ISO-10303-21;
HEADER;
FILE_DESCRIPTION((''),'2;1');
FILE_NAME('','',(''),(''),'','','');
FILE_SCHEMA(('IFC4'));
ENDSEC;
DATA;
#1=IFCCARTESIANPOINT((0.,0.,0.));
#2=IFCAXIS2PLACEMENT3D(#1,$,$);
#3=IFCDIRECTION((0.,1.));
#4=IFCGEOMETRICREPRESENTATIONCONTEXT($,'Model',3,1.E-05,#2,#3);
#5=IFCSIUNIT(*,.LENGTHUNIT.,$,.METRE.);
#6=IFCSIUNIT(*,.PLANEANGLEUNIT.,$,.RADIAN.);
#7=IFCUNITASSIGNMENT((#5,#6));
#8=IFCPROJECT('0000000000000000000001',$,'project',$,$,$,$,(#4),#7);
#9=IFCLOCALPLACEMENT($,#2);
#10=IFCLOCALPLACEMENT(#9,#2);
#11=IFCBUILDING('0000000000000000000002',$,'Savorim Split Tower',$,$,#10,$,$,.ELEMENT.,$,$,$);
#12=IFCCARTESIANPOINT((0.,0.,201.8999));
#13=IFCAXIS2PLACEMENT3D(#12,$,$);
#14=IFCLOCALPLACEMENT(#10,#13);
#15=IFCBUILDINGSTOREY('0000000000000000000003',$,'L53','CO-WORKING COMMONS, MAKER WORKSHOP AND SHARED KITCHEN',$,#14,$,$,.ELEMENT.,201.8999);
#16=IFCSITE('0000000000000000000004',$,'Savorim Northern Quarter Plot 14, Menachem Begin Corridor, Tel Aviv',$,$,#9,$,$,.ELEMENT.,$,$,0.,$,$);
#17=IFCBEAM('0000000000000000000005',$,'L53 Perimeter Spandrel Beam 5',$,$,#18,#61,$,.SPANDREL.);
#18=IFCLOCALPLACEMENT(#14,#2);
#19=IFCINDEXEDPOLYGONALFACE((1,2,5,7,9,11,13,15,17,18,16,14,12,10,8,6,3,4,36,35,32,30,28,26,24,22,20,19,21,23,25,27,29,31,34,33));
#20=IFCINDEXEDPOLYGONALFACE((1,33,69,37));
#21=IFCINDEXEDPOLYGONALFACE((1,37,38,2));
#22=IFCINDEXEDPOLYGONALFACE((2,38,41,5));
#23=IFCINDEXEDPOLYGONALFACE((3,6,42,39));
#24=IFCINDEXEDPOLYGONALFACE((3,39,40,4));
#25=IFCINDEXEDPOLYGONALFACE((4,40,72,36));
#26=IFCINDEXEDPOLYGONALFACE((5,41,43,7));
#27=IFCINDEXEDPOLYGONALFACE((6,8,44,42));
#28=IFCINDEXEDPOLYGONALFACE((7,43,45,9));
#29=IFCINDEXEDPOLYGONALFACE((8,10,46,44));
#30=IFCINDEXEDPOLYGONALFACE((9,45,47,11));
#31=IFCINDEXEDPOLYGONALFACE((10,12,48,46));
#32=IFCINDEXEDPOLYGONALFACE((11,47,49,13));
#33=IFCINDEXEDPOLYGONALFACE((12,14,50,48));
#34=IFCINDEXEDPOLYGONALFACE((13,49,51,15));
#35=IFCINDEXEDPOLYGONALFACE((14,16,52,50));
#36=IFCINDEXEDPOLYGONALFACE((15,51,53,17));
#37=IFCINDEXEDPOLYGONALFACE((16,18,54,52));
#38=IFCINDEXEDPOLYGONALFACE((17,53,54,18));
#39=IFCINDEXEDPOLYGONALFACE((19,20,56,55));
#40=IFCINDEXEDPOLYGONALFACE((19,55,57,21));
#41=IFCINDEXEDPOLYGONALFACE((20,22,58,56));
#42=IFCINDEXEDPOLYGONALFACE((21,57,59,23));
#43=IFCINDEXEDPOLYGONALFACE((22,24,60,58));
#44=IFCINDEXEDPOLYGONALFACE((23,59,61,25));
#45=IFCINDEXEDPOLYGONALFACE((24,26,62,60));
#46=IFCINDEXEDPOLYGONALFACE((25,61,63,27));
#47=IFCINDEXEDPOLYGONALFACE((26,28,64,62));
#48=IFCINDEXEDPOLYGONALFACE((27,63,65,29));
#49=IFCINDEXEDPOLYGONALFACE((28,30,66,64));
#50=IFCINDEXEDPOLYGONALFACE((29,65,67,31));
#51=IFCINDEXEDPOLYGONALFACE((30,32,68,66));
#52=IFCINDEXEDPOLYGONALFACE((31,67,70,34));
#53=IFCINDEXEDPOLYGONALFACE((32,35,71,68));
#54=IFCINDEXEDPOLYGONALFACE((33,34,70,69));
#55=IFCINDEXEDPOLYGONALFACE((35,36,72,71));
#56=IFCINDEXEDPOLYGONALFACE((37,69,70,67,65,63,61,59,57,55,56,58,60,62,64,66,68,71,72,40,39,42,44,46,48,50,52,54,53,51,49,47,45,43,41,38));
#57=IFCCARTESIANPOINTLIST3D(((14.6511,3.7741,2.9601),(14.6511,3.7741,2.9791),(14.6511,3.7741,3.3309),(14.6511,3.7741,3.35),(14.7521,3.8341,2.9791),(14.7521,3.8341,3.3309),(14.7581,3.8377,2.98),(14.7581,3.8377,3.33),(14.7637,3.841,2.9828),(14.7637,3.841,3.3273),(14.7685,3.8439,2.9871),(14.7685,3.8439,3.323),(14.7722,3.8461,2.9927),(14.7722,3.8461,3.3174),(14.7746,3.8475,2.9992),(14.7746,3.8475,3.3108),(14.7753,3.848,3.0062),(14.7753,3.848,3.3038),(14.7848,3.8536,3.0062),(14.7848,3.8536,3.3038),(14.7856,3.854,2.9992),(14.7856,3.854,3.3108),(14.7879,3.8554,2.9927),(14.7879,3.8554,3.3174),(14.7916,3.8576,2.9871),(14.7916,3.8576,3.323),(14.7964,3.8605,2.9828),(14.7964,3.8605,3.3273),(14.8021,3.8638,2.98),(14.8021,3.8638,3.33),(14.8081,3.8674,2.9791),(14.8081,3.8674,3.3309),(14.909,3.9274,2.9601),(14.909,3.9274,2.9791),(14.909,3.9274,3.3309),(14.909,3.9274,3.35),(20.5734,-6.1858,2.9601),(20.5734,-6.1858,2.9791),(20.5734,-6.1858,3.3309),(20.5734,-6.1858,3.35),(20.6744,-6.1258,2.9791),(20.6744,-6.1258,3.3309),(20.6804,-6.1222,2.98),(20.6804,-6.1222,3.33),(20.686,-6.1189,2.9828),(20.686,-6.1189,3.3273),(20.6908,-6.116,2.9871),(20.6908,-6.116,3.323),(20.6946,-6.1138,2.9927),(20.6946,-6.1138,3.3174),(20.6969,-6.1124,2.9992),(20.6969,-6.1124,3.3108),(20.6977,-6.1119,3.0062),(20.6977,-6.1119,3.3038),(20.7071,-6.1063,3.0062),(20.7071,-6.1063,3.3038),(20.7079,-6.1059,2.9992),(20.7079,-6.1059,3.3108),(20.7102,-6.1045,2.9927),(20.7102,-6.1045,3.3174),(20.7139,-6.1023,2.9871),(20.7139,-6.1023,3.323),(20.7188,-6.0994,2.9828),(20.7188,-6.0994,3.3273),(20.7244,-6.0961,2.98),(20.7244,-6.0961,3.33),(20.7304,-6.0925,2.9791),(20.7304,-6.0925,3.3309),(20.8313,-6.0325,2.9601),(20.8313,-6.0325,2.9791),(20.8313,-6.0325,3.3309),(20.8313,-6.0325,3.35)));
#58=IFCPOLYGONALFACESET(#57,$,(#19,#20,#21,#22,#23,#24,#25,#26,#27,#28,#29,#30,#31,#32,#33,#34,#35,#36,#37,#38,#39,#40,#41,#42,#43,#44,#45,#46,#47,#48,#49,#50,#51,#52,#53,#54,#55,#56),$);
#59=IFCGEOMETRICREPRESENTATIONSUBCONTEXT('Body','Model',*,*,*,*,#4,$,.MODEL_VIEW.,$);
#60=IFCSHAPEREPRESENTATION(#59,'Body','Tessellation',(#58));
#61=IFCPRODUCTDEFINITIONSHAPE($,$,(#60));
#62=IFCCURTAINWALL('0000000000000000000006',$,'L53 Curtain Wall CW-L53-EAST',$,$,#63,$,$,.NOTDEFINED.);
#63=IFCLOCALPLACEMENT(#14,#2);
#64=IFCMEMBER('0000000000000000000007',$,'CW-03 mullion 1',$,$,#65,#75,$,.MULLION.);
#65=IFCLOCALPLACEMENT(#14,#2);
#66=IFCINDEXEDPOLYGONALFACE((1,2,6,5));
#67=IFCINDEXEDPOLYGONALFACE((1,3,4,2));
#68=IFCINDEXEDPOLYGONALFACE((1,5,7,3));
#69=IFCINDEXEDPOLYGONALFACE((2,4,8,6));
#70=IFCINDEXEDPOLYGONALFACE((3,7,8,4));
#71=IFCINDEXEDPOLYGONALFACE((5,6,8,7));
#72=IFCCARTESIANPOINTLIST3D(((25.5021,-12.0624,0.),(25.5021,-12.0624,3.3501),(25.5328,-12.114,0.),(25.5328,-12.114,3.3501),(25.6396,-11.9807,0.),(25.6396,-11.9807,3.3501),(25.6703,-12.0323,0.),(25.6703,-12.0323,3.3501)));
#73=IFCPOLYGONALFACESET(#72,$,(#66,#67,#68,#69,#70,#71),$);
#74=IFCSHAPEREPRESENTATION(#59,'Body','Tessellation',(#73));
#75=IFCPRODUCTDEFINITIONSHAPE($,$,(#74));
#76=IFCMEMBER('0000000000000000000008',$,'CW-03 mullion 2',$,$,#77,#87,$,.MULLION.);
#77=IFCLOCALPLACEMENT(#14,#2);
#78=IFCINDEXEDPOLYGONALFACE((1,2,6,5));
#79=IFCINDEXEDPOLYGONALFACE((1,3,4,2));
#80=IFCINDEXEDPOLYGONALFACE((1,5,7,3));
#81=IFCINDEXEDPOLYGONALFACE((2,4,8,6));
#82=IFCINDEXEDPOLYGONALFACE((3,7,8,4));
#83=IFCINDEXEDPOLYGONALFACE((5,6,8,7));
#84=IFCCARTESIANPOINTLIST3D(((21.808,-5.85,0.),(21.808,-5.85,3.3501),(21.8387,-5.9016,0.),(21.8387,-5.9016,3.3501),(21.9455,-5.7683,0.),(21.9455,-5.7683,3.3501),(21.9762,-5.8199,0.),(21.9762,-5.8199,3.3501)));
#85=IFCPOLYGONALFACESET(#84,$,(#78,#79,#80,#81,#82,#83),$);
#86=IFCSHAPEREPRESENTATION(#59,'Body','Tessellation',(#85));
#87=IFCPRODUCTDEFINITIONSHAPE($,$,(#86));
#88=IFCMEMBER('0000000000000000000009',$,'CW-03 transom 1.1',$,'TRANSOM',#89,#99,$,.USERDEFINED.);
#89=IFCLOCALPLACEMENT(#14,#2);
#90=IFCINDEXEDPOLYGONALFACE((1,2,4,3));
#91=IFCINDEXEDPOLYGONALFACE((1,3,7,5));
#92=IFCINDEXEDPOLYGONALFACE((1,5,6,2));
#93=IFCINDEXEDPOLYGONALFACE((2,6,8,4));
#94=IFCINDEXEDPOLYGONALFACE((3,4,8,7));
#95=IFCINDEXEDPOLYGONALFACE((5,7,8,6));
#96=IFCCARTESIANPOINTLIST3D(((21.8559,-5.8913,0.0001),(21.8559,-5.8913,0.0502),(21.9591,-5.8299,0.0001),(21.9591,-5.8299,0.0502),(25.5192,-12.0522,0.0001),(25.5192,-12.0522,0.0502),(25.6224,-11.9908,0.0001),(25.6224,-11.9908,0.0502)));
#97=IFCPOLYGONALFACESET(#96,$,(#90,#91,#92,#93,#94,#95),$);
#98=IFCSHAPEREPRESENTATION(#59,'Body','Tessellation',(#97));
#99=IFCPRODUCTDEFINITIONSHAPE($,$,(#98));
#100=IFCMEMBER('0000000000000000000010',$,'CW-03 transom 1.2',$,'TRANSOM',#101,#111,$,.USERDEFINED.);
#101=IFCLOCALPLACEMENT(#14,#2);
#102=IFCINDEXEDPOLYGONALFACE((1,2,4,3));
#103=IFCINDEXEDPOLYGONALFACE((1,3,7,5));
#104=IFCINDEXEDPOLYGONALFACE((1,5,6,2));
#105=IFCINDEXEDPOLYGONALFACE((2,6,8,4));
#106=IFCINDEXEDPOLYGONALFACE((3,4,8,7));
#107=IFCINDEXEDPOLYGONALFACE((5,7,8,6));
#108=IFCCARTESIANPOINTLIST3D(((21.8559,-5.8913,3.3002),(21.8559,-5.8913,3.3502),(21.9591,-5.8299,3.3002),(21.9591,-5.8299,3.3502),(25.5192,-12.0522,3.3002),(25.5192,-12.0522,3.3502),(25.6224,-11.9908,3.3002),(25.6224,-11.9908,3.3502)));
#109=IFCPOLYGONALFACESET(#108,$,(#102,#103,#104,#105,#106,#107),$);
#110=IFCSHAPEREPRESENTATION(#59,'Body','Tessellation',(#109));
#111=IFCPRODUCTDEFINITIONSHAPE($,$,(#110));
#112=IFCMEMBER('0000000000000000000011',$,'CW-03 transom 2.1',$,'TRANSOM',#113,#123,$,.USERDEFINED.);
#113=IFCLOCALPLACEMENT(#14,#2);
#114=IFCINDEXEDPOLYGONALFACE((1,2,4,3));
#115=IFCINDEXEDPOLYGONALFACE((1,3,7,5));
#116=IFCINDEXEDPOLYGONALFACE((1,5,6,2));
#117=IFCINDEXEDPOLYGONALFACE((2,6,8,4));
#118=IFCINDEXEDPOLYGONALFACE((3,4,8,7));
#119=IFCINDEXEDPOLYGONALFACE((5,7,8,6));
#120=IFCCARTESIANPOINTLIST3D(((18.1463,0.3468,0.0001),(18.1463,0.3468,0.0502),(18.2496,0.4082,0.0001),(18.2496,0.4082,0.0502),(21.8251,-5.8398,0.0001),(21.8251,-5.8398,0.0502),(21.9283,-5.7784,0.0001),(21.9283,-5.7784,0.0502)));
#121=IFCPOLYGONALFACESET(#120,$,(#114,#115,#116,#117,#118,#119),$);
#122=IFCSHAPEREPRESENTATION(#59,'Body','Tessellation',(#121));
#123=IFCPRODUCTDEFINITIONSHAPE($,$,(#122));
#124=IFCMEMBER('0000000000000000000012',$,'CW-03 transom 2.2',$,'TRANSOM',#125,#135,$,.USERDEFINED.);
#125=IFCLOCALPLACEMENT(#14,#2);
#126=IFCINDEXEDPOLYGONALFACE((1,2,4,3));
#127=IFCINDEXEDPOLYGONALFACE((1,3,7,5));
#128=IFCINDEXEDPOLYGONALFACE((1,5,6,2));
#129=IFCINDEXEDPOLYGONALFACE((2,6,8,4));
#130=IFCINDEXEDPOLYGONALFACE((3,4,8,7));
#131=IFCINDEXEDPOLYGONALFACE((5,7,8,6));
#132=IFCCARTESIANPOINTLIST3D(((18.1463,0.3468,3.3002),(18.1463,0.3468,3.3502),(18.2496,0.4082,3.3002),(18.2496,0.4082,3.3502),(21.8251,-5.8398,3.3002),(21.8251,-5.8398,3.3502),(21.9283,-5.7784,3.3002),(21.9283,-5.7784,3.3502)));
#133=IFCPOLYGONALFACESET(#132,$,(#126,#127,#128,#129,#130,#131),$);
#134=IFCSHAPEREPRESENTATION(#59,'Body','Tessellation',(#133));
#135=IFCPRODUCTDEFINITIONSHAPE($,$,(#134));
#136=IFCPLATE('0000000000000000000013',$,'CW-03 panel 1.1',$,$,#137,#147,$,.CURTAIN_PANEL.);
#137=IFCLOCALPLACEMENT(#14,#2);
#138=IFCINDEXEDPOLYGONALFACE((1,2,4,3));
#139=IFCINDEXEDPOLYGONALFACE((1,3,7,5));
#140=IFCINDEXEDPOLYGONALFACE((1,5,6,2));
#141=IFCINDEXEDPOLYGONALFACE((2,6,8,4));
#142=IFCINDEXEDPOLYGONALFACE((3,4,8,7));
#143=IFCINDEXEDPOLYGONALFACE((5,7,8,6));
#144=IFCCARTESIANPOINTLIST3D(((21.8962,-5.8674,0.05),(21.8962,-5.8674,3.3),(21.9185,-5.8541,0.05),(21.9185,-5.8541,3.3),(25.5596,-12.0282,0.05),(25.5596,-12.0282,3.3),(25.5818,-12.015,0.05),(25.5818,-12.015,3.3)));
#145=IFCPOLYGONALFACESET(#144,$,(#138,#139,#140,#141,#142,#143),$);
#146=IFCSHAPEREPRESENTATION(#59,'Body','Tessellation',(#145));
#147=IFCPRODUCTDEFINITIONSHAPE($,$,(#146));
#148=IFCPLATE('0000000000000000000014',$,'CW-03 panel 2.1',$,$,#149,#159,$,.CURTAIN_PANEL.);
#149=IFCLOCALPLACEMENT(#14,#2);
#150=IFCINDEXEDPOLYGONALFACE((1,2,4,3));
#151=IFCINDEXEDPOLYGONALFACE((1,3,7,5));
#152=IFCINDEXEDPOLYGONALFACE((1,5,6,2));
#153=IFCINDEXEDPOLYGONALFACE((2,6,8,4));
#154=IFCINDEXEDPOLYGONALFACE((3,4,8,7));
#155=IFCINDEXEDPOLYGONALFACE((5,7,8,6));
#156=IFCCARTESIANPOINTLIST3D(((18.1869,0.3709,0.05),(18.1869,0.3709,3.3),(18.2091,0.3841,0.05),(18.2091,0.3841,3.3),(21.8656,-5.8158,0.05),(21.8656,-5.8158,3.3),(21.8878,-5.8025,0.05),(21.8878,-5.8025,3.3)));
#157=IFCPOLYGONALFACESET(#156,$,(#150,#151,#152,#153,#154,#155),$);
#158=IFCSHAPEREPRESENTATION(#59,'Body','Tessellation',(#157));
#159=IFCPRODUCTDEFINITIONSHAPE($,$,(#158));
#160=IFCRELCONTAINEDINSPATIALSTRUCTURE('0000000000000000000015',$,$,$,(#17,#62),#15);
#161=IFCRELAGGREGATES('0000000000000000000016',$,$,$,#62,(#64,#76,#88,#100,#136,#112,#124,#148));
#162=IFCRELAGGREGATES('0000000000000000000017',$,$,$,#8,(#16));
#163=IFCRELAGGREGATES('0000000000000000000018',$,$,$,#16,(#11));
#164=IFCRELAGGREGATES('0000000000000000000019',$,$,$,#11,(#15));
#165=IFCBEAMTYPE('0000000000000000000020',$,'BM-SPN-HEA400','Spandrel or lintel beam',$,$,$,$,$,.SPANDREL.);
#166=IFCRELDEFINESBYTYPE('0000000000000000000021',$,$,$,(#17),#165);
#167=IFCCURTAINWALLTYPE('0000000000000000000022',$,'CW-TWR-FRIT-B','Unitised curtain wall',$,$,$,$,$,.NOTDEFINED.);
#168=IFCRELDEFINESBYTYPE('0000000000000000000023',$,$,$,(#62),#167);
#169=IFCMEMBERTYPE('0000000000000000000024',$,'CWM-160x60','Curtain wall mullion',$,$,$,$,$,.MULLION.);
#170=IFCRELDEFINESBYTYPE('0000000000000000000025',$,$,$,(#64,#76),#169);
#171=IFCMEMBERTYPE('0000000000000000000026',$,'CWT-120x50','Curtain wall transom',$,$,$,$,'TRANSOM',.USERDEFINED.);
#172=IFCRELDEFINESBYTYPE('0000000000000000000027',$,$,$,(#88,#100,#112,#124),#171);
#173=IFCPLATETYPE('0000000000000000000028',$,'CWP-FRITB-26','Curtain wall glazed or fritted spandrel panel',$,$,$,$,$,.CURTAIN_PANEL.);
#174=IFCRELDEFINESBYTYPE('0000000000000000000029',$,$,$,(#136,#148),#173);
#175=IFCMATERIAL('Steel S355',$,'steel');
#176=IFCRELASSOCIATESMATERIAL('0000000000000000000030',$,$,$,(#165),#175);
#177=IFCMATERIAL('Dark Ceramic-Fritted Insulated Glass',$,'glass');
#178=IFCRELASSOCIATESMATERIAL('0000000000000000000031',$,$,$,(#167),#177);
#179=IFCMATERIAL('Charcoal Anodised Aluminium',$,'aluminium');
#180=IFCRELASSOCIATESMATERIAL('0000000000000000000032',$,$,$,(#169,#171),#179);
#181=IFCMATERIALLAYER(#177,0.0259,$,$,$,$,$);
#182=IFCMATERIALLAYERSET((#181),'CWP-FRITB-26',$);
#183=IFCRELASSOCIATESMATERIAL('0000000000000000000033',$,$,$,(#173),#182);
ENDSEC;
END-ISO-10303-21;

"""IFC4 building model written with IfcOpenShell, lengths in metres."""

from ifc_helpers import new_model, si_unit, direction, frame, origin, origin_2d, place, context, subcontext, project, spatial, rectangle, i_section, extrude, material, layer, layer_set, material_profile, profile_set, type_object, element, aggregate, save


model = new_model("IFC4")

# Units and contexts
model_context = context("Model", 3, precision=1e-05, world=origin(), true_north=direction((0.0, 1.0)))
body_context = subcontext(model_context, "Body", "Model", "MODEL_VIEW")
ifc_project = project(units=[si_unit("LENGTHUNIT", "METRE"), si_unit("PLANEANGLEUNIT", "RADIAN")], contexts=[model_context])

# Site, building, storey
site_placement = place(None, origin())
site = spatial("IfcSite", under=ifc_project, at=site_placement, Name="Savorim Northern Quarter Plot 14, Menachem Begin Corridor, Tel Aviv", CompositionType="ELEMENT", RefElevation=0.0)
building_placement = place(site_placement, origin())
building = spatial("IfcBuilding", under=site, at=building_placement, Name="Savorim Split Tower", CompositionType="ELEMENT")
storey_placement = place(building_placement, frame((0.0, 0.0, 201.8999)))
storey = spatial("IfcBuildingStorey", under=building, at=storey_placement, Name="L53", Description="CO-WORKING COMMONS, MAKER WORKSHOP AND SHARED KITCHEN", CompositionType="ELEMENT", Elevation=201.8999)

# Shared definitions
ifc_material_1 = material(Name="Steel S355", Category="steel")

# Beam
ifc_material_profile_1 = material_profile(ifc_material_1, i_section(OverallWidth=0.3, OverallDepth=0.3899, WebThickness=0.011, FlangeThickness=0.019, FilletRadius=0.0271, at=origin_2d()), Name="HEA 400")
ifc_profile_set_1 = profile_set([ifc_material_profile_1], Name="Steel S355")
beam_type_1 = type_object("IfcBeamType", Name="BM-SPN-HEA400", Description="Spandrel or lintel beam", PredefinedType="SPANDREL", material=ifc_profile_set_1)
beam_1_placement = place(storey_placement, frame((20.7024, -6.1091, 3.155), z_axis=(-0.51109, 0.859527, 0.0), x_axis=(-0.859527, -0.51109, 0.0)))
element("IfcBeam", 1, at=beam_1_placement, inside=storey, type_object=beam_type_1, Name="L53 Perimeter Spandrel Beam 5", PredefinedType="SPANDREL", context=body_context, shape_type="SweptSolid", body=[
    extrude(i_section(OverallWidth=0.3, OverallDepth=0.3899, WebThickness=0.011, FlangeThickness=0.019, FilletRadius=0.0271, at=origin_2d()), origin(), (0.0, 0.0, 1.0), 11.5876),
])

# Curtain wall, members, plates
ifc_material_2 = material(Name="Dark Ceramic-Fritted Insulated Glass", Category="glass")
curtain_wall_type = type_object("IfcCurtainWallType", Name="CW-TWR-FRIT-B", Description="Unitised curtain wall", PredefinedType="NOTDEFINED", material=ifc_material_2)
curtain_wall_placement = place(storey_placement, origin())
curtain_wall = element("IfcCurtainWall", 2, at=curtain_wall_placement, inside=storey, type_object=curtain_wall_type, Name="L53 Curtain Wall CW-L53-EAST", PredefinedType="NOTDEFINED")
ifc_material_3 = material(Name="Charcoal Anodised Aluminium", Category="aluminium")
ifc_material_profile_2 = material_profile(ifc_material_3, rectangle(XDim=0.1599, YDim=0.0601, at=origin_2d()), Name="ALU-M 160x60")
ifc_profile_set_2 = profile_set([ifc_material_profile_2], Name="Charcoal Anodised Aluminium")
member_type_1 = type_object("IfcMemberType", Name="CWM-160x60", Description="Curtain wall mullion", PredefinedType="MULLION", material=ifc_profile_set_2)
member_1_placement = place(storey_placement, frame((25.5862, -12.0474, 0.0), z_axis=(0.0, 0.0, 1.0), x_axis=(-0.859526, -0.511092, 0.0)))
member_1 = element("IfcMember", 3, at=member_1_placement, type_object=member_type_1, Name="CW-03 mullion 1", PredefinedType="MULLION", context=body_context, shape_type="SweptSolid", body=[
    extrude(rectangle(XDim=0.1599, YDim=0.0601, at=origin_2d()), origin(), (0.0, 0.0, 1.0), 3.3501),
])
member_2_placement = place(storey_placement, frame((21.8921, -5.835, 0.0), z_axis=(0.0, 0.0, 1.0), x_axis=(-0.859526, -0.511092, 0.0)))
member_2 = element("IfcMember", 4, at=member_2_placement, type_object=member_type_1, Name="CW-03 mullion 2", PredefinedType="MULLION", context=body_context, shape_type="SweptSolid", body=[
    extrude(rectangle(XDim=0.1599, YDim=0.0601, at=origin_2d()), origin(), (0.0, 0.0, 1.0), 3.3501),
])
ifc_material_profile_3 = material_profile(ifc_material_3, rectangle(XDim=0.1201, YDim=0.05, at=origin_2d()), Name="ALU-T 120x50")
ifc_profile_set_3 = profile_set([ifc_material_profile_3], Name="Charcoal Anodised Aluminium")
member_type_2 = type_object("IfcMemberType", Name="CWT-120x50", Description="Curtain wall transom", ElementType="TRANSOM", PredefinedType="USERDEFINED", material=ifc_profile_set_3)
member_3_placement = place(storey_placement, frame((25.5708, -12.0215, 0.0251), z_axis=(-0.511086, 0.85953, 0.0), x_axis=(-0.85953, -0.511086, 0.0)))
member_3 = element("IfcMember", 5, at=member_3_placement, type_object=member_type_2, Name="CW-03 transom 1.1", ObjectType="TRANSOM", PredefinedType="USERDEFINED", context=body_context, shape_type="SweptSolid", body=[
    extrude(rectangle(XDim=0.1201, YDim=0.05, at=origin_2d()), origin(), (0.0, 0.0, 1.0), 7.1677),
])
member_4_placement = place(storey_placement, frame((25.5708, -12.0215, 3.3252), z_axis=(-0.511086, 0.85953, 0.0), x_axis=(-0.85953, -0.511086, 0.0)))
member_4 = element("IfcMember", 6, at=member_4_placement, type_object=member_type_2, Name="CW-03 transom 1.2", ObjectType="TRANSOM", PredefinedType="USERDEFINED", context=body_context, shape_type="SweptSolid", body=[
    extrude(rectangle(XDim=0.1201, YDim=0.05, at=origin_2d()), origin(), (0.0, 0.0, 1.0), 7.1677),
])
member_5_placement = place(storey_placement, frame((21.8767, -5.8091, 0.0251), z_axis=(-0.5111, 0.859521, 0.0), x_axis=(-0.859521, -0.5111, 0.0)))
member_5 = element("IfcMember", 7, at=member_5_placement, type_object=member_type_2, Name="CW-03 transom 2.1", ObjectType="TRANSOM", PredefinedType="USERDEFINED", context=body_context, shape_type="SweptSolid", body=[
    extrude(rectangle(XDim=0.1201, YDim=0.05, at=origin_2d()), origin(), (0.0, 0.0, 1.0), 7.1978),
])
member_6_placement = place(storey_placement, frame((21.8767, -5.8091, 3.3252), z_axis=(-0.5111, 0.859521, 0.0), x_axis=(-0.859521, -0.5111, 0.0)))
member_6 = element("IfcMember", 8, at=member_6_placement, type_object=member_type_2, Name="CW-03 transom 2.2", ObjectType="TRANSOM", PredefinedType="USERDEFINED", context=body_context, shape_type="SweptSolid", body=[
    extrude(rectangle(XDim=0.1201, YDim=0.05, at=origin_2d()), origin(), (0.0, 0.0, 1.0), 7.1978),
])
ifc_layer_1 = layer(ifc_material_2, 0.0259)
ifc_layer_set_1 = layer_set([ifc_layer_1], Name="CWP-FRITB-26")
plate_type = type_object("IfcPlateType", Name="CWP-FRITB-26", Description="Curtain wall glazed or fritted spandrel panel", PredefinedType="CURTAIN_PANEL", material=ifc_layer_set_1)
plate_1_placement = place(storey_placement, frame((23.739, -8.9412, 0.05), z_axis=(0.0, 0.0, 1.0), x_axis=(-0.511092, 0.859526, 0.0)))
plate_1 = element("IfcPlate", 9, at=plate_1_placement, type_object=plate_type, Name="CW-03 panel 1.1", PredefinedType="CURTAIN_PANEL", context=body_context, shape_type="SweptSolid", body=[
    extrude(rectangle(XDim=7.1677, YDim=0.0259, at=origin_2d()), origin(), (0.0, 0.0, 1.0), 3.25),
])
plate_2_placement = place(storey_placement, frame((20.0374, -2.7158, 0.05), z_axis=(0.0, 0.0, 1.0), x_axis=(-0.511092, 0.859526, 0.0)))
plate_2 = element("IfcPlate", 10, at=plate_2_placement, type_object=plate_type, Name="CW-03 panel 2.1", PredefinedType="CURTAIN_PANEL", context=body_context, shape_type="SweptSolid", body=[
    extrude(rectangle(XDim=7.1978, YDim=0.0259, at=origin_2d()), origin(), (0.0, 0.0, 1.0), 3.25),
])
aggregate(curtain_wall, [member_1, member_2, member_3, member_4, plate_1, member_5, member_6, plate_2])

save(model, "model.ifc")
